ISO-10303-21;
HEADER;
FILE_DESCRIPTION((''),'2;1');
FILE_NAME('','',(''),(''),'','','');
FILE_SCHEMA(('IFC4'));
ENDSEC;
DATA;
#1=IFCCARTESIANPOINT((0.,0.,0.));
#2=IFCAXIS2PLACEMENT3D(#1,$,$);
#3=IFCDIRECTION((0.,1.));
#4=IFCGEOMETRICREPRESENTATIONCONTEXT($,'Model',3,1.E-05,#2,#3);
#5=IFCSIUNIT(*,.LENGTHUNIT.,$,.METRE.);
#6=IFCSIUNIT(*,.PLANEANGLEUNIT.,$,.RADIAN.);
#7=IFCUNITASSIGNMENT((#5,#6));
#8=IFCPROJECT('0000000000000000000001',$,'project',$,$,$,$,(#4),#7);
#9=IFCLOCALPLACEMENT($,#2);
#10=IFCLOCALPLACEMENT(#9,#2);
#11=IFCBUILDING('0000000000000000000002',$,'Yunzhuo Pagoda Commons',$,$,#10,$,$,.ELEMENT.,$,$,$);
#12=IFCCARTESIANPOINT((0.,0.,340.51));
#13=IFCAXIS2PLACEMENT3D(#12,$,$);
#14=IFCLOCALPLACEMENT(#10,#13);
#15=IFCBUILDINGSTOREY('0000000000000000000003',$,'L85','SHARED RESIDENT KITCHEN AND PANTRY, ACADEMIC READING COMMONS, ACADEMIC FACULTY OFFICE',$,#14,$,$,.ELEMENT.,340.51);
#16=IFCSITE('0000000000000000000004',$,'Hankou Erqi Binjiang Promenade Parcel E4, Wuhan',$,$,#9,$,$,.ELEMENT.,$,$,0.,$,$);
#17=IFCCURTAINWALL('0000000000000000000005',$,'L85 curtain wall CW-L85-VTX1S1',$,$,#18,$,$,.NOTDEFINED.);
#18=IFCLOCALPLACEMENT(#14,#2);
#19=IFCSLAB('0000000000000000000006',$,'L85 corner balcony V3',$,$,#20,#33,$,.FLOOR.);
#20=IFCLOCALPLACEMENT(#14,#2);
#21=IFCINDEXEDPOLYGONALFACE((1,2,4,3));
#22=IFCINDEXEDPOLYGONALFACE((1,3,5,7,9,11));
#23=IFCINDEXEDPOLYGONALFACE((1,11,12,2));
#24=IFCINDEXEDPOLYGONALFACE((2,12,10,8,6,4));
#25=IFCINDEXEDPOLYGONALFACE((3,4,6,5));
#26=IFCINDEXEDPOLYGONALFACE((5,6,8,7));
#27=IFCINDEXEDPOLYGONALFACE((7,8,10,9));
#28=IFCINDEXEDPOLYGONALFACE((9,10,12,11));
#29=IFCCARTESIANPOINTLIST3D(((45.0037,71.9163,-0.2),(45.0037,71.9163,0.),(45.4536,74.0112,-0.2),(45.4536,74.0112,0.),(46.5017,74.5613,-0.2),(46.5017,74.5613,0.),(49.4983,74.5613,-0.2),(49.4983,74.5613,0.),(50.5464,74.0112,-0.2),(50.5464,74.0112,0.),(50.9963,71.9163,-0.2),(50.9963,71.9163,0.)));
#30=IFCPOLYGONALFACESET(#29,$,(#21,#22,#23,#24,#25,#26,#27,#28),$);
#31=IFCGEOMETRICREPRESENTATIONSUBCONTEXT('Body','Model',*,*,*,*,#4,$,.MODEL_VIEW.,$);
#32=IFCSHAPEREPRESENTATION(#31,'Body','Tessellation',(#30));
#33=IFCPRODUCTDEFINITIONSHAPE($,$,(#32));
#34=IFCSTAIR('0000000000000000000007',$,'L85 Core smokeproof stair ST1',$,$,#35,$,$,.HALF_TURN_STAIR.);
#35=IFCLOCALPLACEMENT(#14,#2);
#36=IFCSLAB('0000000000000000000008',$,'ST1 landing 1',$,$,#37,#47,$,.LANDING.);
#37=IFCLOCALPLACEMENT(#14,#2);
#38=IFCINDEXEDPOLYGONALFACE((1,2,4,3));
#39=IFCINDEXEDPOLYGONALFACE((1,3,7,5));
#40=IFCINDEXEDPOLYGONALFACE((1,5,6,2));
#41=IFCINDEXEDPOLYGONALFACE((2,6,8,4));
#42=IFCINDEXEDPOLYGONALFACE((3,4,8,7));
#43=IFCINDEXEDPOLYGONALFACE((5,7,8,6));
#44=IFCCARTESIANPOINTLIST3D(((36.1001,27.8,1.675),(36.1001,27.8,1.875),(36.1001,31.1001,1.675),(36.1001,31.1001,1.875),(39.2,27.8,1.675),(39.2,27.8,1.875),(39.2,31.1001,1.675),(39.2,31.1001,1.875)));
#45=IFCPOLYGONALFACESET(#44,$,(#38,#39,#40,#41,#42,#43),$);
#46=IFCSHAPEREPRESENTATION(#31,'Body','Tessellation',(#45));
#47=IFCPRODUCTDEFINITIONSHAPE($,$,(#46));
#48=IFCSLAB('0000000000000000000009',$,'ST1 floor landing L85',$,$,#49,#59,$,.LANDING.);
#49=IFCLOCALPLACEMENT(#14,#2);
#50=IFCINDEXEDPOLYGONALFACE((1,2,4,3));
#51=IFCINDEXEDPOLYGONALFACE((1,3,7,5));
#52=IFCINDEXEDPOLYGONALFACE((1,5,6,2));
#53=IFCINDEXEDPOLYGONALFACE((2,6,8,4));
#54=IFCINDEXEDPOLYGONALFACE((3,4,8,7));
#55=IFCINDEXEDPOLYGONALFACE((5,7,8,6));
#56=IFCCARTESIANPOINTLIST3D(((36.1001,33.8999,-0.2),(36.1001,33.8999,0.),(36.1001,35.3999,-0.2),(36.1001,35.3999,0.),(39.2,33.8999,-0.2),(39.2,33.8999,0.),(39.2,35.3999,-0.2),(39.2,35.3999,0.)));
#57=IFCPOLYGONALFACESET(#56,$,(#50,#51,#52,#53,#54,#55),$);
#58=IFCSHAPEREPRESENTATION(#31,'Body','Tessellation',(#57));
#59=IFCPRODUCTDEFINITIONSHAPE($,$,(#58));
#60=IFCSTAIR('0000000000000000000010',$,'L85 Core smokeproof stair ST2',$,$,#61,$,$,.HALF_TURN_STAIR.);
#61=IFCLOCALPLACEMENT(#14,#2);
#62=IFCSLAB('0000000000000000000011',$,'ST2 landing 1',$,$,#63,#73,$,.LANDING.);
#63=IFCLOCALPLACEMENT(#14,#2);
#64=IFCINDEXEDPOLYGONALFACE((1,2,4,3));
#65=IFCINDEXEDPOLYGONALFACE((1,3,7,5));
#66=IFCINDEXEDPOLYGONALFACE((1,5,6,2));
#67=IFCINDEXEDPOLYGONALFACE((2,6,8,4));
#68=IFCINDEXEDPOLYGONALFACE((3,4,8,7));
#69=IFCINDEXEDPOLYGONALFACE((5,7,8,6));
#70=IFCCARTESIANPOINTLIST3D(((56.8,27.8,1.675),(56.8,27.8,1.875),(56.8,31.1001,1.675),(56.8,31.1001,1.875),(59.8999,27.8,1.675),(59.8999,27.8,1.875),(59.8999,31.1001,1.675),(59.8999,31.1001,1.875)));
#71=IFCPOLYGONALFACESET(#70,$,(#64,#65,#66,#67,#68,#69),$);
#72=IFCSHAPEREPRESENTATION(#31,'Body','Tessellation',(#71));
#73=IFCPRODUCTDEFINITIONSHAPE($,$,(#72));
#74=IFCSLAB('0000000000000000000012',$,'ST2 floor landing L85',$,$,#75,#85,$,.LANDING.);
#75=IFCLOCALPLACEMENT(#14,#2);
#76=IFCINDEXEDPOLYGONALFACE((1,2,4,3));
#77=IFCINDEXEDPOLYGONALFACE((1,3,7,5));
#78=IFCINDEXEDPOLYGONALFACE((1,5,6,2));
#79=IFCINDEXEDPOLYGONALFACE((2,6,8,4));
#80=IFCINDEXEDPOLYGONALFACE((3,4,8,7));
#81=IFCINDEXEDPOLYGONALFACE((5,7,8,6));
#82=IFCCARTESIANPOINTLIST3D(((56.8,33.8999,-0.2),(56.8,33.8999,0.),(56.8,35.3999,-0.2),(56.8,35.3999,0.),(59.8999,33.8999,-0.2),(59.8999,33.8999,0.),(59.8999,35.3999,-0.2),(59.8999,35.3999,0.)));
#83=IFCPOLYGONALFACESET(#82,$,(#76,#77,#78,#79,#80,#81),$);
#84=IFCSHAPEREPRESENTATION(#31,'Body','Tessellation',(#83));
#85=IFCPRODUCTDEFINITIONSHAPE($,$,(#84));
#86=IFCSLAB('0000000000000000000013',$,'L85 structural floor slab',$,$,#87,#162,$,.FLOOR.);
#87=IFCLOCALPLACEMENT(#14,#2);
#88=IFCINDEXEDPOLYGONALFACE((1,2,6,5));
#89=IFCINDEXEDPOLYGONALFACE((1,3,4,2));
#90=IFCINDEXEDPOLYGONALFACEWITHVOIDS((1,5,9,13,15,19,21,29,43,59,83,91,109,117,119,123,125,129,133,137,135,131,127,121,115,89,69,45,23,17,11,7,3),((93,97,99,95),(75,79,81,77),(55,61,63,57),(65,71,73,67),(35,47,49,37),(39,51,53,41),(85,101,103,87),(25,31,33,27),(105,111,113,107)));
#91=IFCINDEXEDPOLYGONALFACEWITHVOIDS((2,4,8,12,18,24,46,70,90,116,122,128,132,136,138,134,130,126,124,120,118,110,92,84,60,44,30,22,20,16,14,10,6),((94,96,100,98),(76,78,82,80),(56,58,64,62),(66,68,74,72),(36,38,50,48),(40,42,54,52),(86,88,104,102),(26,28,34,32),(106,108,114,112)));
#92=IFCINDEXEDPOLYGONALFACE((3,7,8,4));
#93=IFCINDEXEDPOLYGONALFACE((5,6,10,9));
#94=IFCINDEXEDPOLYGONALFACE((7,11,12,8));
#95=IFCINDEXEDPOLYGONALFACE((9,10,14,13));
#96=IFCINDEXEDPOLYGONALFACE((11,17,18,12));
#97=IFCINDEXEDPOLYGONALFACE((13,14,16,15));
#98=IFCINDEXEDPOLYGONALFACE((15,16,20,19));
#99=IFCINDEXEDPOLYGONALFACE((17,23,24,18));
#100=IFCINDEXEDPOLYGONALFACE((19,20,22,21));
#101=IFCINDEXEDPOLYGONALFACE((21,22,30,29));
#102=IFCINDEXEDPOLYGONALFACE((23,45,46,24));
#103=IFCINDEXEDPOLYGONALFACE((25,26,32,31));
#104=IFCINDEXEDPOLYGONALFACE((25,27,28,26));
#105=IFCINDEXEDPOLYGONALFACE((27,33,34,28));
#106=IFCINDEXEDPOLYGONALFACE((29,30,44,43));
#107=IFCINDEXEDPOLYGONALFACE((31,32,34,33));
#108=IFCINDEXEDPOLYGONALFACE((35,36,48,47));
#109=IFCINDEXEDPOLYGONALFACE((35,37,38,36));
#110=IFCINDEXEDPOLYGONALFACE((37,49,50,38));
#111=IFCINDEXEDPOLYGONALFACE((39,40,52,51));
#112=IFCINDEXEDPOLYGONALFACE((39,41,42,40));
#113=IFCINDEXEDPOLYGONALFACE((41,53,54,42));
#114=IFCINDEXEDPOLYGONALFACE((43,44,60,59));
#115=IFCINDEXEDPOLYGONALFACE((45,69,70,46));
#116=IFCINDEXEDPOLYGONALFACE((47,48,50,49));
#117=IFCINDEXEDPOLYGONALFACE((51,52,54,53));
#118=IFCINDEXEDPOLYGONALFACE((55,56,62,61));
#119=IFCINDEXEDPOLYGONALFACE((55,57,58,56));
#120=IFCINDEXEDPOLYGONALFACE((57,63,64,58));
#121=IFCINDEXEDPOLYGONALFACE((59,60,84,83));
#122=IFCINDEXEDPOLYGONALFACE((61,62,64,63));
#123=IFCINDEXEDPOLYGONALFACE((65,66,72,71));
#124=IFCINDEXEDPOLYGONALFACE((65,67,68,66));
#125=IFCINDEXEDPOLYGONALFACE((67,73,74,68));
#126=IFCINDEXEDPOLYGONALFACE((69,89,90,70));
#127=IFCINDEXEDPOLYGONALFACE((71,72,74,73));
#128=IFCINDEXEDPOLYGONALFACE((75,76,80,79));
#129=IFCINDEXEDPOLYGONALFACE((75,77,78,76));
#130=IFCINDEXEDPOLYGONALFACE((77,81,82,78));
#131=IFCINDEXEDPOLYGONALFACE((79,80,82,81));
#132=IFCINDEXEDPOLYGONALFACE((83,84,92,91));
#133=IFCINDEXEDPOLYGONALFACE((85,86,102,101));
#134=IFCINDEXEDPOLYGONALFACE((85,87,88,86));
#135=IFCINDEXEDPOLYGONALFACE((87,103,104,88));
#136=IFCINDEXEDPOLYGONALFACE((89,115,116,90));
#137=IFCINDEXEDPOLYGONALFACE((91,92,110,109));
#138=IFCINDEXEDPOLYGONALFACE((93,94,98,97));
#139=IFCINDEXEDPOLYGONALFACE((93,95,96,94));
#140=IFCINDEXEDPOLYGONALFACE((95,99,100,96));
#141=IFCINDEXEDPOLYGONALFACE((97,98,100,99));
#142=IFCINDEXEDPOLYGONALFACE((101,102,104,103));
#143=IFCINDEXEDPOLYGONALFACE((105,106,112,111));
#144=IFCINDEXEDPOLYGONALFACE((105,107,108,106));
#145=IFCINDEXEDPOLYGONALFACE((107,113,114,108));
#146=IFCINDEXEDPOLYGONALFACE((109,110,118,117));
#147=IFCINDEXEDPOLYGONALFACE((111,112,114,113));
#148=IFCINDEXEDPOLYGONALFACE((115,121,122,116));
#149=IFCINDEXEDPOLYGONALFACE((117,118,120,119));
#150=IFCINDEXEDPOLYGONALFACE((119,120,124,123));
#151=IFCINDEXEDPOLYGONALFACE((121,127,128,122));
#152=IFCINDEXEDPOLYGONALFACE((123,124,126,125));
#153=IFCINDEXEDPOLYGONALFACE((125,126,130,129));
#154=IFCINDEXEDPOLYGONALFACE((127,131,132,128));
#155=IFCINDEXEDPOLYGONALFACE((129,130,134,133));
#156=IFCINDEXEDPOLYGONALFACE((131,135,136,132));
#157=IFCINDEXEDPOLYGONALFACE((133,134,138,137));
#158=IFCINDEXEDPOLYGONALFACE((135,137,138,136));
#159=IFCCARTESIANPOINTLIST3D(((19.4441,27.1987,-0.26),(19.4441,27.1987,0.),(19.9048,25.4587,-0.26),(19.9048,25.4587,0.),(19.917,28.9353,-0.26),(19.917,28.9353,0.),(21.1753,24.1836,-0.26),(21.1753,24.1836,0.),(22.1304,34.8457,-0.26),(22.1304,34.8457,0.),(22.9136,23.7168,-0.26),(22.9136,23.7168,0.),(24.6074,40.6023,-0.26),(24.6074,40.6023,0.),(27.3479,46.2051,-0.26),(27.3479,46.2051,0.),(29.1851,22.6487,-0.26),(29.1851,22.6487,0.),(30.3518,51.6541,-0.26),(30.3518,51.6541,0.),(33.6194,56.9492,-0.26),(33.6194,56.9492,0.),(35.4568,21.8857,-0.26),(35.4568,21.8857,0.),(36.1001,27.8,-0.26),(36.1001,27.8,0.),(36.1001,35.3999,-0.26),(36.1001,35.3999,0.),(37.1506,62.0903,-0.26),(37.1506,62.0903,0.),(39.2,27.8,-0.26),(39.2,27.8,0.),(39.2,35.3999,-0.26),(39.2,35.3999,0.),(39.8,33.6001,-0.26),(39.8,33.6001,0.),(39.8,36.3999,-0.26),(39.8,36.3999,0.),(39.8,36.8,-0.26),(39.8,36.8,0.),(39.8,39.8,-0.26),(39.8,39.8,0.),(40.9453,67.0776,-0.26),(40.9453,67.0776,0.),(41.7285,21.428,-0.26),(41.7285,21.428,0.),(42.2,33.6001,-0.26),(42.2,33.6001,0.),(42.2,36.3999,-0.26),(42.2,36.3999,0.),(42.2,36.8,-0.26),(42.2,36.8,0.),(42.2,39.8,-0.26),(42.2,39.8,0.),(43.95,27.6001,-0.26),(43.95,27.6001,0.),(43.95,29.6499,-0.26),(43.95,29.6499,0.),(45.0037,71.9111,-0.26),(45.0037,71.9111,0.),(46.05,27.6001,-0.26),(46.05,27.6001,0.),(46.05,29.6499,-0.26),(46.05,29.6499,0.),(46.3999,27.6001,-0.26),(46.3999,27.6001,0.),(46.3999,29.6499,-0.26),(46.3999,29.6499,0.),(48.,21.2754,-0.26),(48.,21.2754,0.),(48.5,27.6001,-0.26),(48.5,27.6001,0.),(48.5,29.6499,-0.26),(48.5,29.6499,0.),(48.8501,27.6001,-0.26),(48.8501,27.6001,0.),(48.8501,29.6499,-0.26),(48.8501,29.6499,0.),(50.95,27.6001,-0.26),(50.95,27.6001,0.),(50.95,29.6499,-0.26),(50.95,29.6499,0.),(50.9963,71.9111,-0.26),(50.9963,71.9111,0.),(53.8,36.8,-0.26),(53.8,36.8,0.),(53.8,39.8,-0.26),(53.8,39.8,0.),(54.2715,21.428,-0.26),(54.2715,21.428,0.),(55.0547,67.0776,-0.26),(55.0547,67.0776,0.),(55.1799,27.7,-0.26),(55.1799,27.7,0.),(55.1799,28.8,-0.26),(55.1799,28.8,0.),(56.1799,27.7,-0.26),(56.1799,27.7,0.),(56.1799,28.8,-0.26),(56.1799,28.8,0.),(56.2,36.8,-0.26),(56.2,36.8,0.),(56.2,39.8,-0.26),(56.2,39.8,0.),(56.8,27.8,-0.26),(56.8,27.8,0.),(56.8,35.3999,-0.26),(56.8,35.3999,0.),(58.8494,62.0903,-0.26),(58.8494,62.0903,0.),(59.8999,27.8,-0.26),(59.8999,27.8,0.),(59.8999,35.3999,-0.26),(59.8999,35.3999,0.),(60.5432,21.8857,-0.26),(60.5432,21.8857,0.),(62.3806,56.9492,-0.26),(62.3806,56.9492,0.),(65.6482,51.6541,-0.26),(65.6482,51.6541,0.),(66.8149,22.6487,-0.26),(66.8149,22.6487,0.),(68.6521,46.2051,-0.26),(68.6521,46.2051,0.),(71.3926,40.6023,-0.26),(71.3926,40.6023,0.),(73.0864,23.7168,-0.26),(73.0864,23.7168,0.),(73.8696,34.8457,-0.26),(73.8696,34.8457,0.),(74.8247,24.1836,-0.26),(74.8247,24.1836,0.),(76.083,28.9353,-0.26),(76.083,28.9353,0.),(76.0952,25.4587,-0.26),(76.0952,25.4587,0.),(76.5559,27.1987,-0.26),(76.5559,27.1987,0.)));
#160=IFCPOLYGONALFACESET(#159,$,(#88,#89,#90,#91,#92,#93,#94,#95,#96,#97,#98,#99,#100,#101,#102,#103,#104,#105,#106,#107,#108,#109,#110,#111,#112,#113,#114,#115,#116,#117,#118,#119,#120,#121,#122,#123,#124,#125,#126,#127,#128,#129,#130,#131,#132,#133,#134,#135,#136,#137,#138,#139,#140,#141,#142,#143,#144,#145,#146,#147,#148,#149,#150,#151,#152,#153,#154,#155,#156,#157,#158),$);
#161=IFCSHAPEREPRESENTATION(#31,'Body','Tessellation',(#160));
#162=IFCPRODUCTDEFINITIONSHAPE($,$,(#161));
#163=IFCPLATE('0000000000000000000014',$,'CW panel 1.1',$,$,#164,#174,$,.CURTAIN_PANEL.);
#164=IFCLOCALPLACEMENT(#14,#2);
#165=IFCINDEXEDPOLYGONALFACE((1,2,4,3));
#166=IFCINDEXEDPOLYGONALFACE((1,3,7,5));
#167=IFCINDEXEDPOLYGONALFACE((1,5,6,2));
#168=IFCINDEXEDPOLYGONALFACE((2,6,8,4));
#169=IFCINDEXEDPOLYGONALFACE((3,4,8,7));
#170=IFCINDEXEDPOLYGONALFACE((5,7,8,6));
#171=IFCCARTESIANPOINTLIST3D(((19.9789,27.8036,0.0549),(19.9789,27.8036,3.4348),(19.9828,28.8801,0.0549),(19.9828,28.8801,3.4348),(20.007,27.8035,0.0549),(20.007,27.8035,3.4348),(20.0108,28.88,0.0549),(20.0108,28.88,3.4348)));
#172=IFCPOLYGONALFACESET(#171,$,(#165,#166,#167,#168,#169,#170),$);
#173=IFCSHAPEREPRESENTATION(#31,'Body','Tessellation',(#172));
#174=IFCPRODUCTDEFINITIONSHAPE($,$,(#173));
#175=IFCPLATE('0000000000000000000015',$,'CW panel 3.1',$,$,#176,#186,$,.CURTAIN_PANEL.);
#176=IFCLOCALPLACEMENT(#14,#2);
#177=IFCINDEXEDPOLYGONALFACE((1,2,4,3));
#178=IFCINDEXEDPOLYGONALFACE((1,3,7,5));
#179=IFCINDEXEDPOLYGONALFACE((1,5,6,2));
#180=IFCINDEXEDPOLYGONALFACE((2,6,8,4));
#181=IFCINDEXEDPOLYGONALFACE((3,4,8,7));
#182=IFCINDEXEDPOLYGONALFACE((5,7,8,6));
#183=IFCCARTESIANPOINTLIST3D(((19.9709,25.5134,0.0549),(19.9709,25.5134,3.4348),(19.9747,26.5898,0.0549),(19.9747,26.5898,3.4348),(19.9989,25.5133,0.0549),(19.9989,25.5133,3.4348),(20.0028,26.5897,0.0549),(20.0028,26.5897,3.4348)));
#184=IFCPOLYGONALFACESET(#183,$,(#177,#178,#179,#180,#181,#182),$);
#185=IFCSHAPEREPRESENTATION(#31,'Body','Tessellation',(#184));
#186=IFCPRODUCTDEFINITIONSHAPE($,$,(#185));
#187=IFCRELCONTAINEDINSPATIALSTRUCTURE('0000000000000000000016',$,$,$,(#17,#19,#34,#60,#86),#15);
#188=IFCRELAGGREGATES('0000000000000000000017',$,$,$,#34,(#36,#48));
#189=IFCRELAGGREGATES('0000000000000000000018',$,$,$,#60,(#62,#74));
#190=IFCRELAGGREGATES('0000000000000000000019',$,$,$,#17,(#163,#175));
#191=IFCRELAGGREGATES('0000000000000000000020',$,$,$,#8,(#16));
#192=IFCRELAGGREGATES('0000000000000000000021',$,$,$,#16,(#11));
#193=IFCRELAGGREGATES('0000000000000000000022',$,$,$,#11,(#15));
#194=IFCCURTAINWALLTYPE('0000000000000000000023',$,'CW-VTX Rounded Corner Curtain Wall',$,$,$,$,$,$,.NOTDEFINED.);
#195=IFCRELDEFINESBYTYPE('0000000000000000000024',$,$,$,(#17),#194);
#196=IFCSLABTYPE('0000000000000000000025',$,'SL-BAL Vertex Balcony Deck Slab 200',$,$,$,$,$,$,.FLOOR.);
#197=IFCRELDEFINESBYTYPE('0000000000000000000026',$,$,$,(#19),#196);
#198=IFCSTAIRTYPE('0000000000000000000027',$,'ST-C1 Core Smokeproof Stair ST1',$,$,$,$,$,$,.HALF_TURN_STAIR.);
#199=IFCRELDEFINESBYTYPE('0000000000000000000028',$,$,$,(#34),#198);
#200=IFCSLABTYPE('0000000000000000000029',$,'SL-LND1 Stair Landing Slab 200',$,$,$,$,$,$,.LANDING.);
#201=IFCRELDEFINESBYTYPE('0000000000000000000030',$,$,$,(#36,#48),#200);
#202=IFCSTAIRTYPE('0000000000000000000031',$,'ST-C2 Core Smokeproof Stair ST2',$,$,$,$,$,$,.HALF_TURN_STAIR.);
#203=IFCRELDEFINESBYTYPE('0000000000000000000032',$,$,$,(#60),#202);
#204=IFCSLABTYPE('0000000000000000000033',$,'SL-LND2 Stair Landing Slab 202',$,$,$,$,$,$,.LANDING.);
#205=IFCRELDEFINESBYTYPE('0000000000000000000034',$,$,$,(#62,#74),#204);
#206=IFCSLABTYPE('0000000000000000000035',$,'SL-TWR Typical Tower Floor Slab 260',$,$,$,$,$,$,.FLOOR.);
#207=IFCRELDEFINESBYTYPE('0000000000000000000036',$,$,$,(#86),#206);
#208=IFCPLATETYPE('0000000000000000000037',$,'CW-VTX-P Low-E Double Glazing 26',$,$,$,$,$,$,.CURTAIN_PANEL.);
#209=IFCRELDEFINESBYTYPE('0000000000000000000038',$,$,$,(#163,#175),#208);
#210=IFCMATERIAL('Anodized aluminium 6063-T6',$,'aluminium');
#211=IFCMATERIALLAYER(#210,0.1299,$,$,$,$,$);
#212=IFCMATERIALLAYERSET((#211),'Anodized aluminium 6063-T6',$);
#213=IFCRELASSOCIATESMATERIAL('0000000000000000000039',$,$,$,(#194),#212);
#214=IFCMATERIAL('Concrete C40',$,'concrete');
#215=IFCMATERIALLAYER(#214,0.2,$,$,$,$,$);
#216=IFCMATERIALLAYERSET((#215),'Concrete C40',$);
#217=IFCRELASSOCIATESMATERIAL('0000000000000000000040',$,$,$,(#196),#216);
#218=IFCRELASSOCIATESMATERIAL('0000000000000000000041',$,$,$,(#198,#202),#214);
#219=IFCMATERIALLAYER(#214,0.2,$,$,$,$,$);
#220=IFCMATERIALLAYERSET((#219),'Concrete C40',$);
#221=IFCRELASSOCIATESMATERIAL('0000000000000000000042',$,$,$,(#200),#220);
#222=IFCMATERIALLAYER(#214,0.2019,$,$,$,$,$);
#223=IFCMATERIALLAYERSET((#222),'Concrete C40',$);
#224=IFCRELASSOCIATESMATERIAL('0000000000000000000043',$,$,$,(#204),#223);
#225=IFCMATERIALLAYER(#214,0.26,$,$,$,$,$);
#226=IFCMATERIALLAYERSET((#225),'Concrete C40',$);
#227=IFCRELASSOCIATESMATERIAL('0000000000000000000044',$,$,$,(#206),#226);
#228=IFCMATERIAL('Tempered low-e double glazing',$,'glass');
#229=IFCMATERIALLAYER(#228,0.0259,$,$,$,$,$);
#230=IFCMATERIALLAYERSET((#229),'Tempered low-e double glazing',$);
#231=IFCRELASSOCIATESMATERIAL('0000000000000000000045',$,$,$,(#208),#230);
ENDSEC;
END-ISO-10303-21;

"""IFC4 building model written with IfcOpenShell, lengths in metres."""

from ifc_helpers import new_model, si_unit, direction, frame, origin, origin_2d, place, context, subcontext, project, spatial, polyline, rectangle, outline, extrude, source, transform, mapped, material, layer, layer_set, type_object, element, aggregate, save


model = new_model("IFC4")

# Units and contexts
model_context = context("Model", 3, precision=1e-05, world=origin(), true_north=direction((0.0, 1.0)))
body_context = subcontext(model_context, "Body", "Model", "MODEL_VIEW")
ifc_project = project(units=[si_unit("LENGTHUNIT", "METRE"), si_unit("PLANEANGLEUNIT", "RADIAN")], contexts=[model_context])

# Site, building, storey
site_placement = place(None, origin())
site = spatial("IfcSite", under=ifc_project, at=site_placement, Name="Hankou Erqi Binjiang Promenade Parcel E4, Wuhan", CompositionType="ELEMENT", RefElevation=0.0)
building_placement = place(site_placement, origin())
building = spatial("IfcBuilding", under=site, at=building_placement, Name="Yunzhuo Pagoda Commons", CompositionType="ELEMENT")
storey_placement = place(building_placement, frame((0.0, 0.0, 340.51)))
storey = spatial("IfcBuildingStorey", under=building, at=storey_placement, Name="L85", Description="SHARED RESIDENT KITCHEN AND PANTRY, ACADEMIC READING COMMONS, ACADEMIC FACULTY OFFICE", CompositionType="ELEMENT", Elevation=340.51)

# Curtain wall
ifc_material_1 = material(Name="Anodized aluminium 6063-T6", Category="aluminium")
ifc_layer_1 = layer(ifc_material_1, 0.1299)
ifc_layer_set_1 = layer_set([ifc_layer_1], Name="Anodized aluminium 6063-T6")
curtain_wall_type = type_object("IfcCurtainWallType", Name="CW-VTX Rounded Corner Curtain Wall", PredefinedType="NOTDEFINED", material=ifc_layer_set_1)
curtain_wall_1_placement = place(storey_placement, origin())
curtain_wall_1 = element("IfcCurtainWall", 1, at=curtain_wall_1_placement, inside=storey, type_object=curtain_wall_type, Name="L85 curtain wall CW-L85-VTX1S1", PredefinedType="NOTDEFINED")

# Slab
ifc_material_2 = material(Name="Concrete C40", Category="concrete")
ifc_layer_2 = layer(ifc_material_2, 0.2)
ifc_layer_set_2 = layer_set([ifc_layer_2], Name="Concrete C40")
slab_type_1 = type_object("IfcSlabType", Name="SL-BAL Vertex Balcony Deck Slab 200", PredefinedType="FLOOR", material=ifc_layer_set_2)
slab_1_placement = place(storey_placement, frame((0.0, 0.0, -0.2)))
element("IfcSlab", 2, at=slab_1_placement, inside=storey, type_object=slab_type_1, Name="L85 corner balcony V3", PredefinedType="FLOOR", context=body_context, shape_type="SweptSolid", body=[
    extrude(outline(polyline([(50.9963, 71.9163), (45.0037, 71.9163), (45.4536, 74.0112), (46.5017, 74.5613), (49.4983, 74.5613), (50.5464, 74.0112), (50.9963, 71.9163)])), origin(), (0.0, 0.0, 1.0), 0.2),
])

# Stairs, slabs
stair_type_1 = type_object("IfcStairType", Name="ST-C1 Core Smokeproof Stair ST1", PredefinedType="HALF_TURN_STAIR", material=ifc_material_2)
stair_1_placement = place(storey_placement, origin())
stair_1 = element("IfcStair", 3, at=stair_1_placement, inside=storey, type_object=stair_type_1, Name="L85 Core smokeproof stair ST1", PredefinedType="HALF_TURN_STAIR")
ifc_layer_3 = layer(ifc_material_2, 0.2)
ifc_layer_set_3 = layer_set([ifc_layer_3], Name="Concrete C40")
slab_type_2 = type_object("IfcSlabType", Name="SL-LND1 Stair Landing Slab 200", PredefinedType="LANDING", material=ifc_layer_set_3)
slab_2_placement = place(storey_placement, frame((0.0, 0.0, 1.675)))
slab_2 = element("IfcSlab", 4, at=slab_2_placement, type_object=slab_type_2, Name="ST1 landing 1", PredefinedType="LANDING", context=body_context, shape_type="SweptSolid", body=[
    extrude(outline(polyline([(36.1001, 31.1001), (36.1001, 27.8), (39.2, 27.8), (39.2, 31.1001), (36.1001, 31.1001)])), origin(), (0.0, 0.0, 1.0), 0.2),
])
slab_3_placement = place(storey_placement, frame((0.0, 0.0, -0.2)))
slab_3 = element("IfcSlab", 5, at=slab_3_placement, type_object=slab_type_2, Name="ST1 floor landing L85", PredefinedType="LANDING", context=body_context, shape_type="SweptSolid", body=[
    extrude(outline(polyline([(36.1001, 35.3999), (36.1001, 33.8999), (39.2, 33.8999), (39.2, 35.3999), (36.1001, 35.3999)])), origin(), (0.0, 0.0, 1.0), 0.2),
])
aggregate(stair_1, [slab_2, slab_3])
stair_type_2 = type_object("IfcStairType", Name="ST-C2 Core Smokeproof Stair ST2", PredefinedType="HALF_TURN_STAIR", material=ifc_material_2)
stair_2_placement = place(storey_placement, origin())
stair_2 = element("IfcStair", 6, at=stair_2_placement, inside=storey, type_object=stair_type_2, Name="L85 Core smokeproof stair ST2", PredefinedType="HALF_TURN_STAIR")
ifc_layer_4 = layer(ifc_material_2, 0.2019)
ifc_layer_set_4 = layer_set([ifc_layer_4], Name="Concrete C40")
slab_type_3 = type_object("IfcSlabType", Name="SL-LND2 Stair Landing Slab 202", PredefinedType="LANDING", material=ifc_layer_set_4)
slab_4_placement = place(storey_placement, frame((0.0, 0.0, 1.675)))
slab_4 = element("IfcSlab", 7, at=slab_4_placement, type_object=slab_type_3, Name="ST2 landing 1", PredefinedType="LANDING", context=body_context, shape_type="SweptSolid", body=[
    extrude(outline(polyline([(56.8, 31.1001), (56.8, 27.8), (59.8999, 27.8), (59.8999, 31.1001), (56.8, 31.1001)])), origin(), (0.0, 0.0, 1.0), 0.2),
])
slab_5_placement = place(storey_placement, frame((0.0, 0.0, -0.2)))
slab_5 = element("IfcSlab", 8, at=slab_5_placement, type_object=slab_type_3, Name="ST2 floor landing L85", PredefinedType="LANDING", context=body_context, shape_type="SweptSolid", body=[
    extrude(outline(polyline([(56.8, 35.3999), (56.8, 33.8999), (59.8999, 33.8999), (59.8999, 35.3999), (56.8, 35.3999)])), origin(), (0.0, 0.0, 1.0), 0.2),
])
aggregate(stair_2, [slab_4, slab_5])

# Slab
ifc_layer_5 = layer(ifc_material_2, 0.26)
ifc_layer_set_5 = layer_set([ifc_layer_5], Name="Concrete C40")
slab_type_4 = type_object("IfcSlabType", Name="SL-TWR Typical Tower Floor Slab 260", PredefinedType="FLOOR", material=ifc_layer_set_5)
slab_6_placement = place(storey_placement, frame((0.0, 0.0, -0.26)))
element("IfcSlab", 9, at=slab_6_placement, inside=storey, type_object=slab_type_4, Name="L85 structural floor slab", PredefinedType="FLOOR", context=body_context, shape_type="SweptSolid", body=[
    extrude(outline(polyline([(22.1304, 34.8457), (24.6074, 40.6023), (27.3479, 46.2051), (30.3518, 51.6541), (33.6194, 56.9492), (37.1506, 62.0903), (40.9453, 67.0776), (45.0037, 71.9111), (50.9963, 71.9111), (55.0547, 67.0776), (58.8494, 62.0903), (62.3806, 56.9492), (65.6482, 51.6541), (68.6521, 46.2051), (71.3926, 40.6023), (73.8696, 34.8457), (76.083, 28.9353), (76.5559, 27.1987), (76.0952, 25.4587), (74.8247, 24.1836), (73.0864, 23.7168), (66.8149, 22.6487), (60.5432, 21.8857), (54.2715, 21.428), (48.0, 21.2754), (41.7285, 21.428), (35.4568, 21.8857), (29.1851, 22.6487), (22.9136, 23.7168), (21.1753, 24.1836), (19.9048, 25.4587), (19.4441, 27.1987), (19.917, 28.9353), (22.1304, 34.8457)]), holes=[polyline([(56.1799, 28.8), (55.1799, 28.8), (55.1799, 27.7), (56.1799, 27.7), (56.1799, 28.8)]), polyline([(46.05, 29.6499), (43.95, 29.6499), (43.95, 27.6001), (46.05, 27.6001), (46.05, 29.6499)]), polyline([(48.5, 29.6499), (46.3999, 29.6499), (46.3999, 27.6001), (48.5, 27.6001), (48.5, 29.6499)]), polyline([(50.95, 29.6499), (48.8501, 29.6499), (48.8501, 27.6001), (50.95, 27.6001), (50.95, 29.6499)]), polyline([(39.2, 27.8), (39.2, 35.3999), (36.1001, 35.3999), (36.1001, 27.8), (39.2, 27.8)]), polyline([(59.8999, 27.8), (59.8999, 35.3999), (56.8, 35.3999), (56.8, 27.8), (59.8999, 27.8)]), polyline([(42.2, 36.3999), (39.8, 36.3999), (39.8, 33.6001), (42.2, 33.6001), (42.2, 36.3999)]), polyline([(42.2, 36.8), (42.2, 39.8), (39.8, 39.8), (39.8, 36.8), (42.2, 36.8)]), polyline([(56.2, 36.8), (56.2, 39.8), (53.8, 39.8), (53.8, 36.8), (56.2, 36.8)])]), origin(), (0.0, 0.0, 1.0), 0.26),
])

# Plates
ifc_material_3 = material(Name="Tempered low-e double glazing", Category="glass")
ifc_layer_6 = layer(ifc_material_3, 0.0259)
ifc_layer_set_6 = layer_set([ifc_layer_6], Name="Tempered low-e double glazing")
plate_type = type_object("IfcPlateType", Name="CW-VTX-P Low-E Double Glazing 26", PredefinedType="CURTAIN_PANEL", material=ifc_layer_set_6)
shared_shape_1 = source(origin(), body_context, "Body", "SweptSolid", [
    extrude(rectangle(XDim=1.0764, YDim=0.0281, at=origin_2d()), origin(), (0.0, 0.0, 1.0), 3.3799),
])
plate_1_placement = place(storey_placement, frame((19.9949, 28.3418, 0.0549), z_axis=(0.0, 0.0, 1.0), x_axis=(-0.003567, -0.999994, 0.0)))
plate_1 = element("IfcPlate", 10, at=plate_1_placement, type_object=plate_type, Name="CW panel 1.1", PredefinedType="CURTAIN_PANEL", context=body_context, shape_type="MappedRepresentation", body=[
    mapped(shared_shape_1, transform((0.0, 0.0, 0.0), scale=1.0)),
])
plate_2_placement = place(storey_placement, frame((19.9868, 26.0515, 0.0549), z_axis=(0.0, 0.0, 1.0), x_axis=(-0.003567, -0.999994, 0.0)))
plate_2 = element("IfcPlate", 11, at=plate_2_placement, type_object=plate_type, Name="CW panel 3.1", PredefinedType="CURTAIN_PANEL", context=body_context, shape_type="MappedRepresentation", body=[
    mapped(shared_shape_1, transform((0.0, 0.0, 0.0), scale=1.0)),
])
aggregate(curtain_wall_1, [plate_1, plate_2])

save(model, "model.ifc")
